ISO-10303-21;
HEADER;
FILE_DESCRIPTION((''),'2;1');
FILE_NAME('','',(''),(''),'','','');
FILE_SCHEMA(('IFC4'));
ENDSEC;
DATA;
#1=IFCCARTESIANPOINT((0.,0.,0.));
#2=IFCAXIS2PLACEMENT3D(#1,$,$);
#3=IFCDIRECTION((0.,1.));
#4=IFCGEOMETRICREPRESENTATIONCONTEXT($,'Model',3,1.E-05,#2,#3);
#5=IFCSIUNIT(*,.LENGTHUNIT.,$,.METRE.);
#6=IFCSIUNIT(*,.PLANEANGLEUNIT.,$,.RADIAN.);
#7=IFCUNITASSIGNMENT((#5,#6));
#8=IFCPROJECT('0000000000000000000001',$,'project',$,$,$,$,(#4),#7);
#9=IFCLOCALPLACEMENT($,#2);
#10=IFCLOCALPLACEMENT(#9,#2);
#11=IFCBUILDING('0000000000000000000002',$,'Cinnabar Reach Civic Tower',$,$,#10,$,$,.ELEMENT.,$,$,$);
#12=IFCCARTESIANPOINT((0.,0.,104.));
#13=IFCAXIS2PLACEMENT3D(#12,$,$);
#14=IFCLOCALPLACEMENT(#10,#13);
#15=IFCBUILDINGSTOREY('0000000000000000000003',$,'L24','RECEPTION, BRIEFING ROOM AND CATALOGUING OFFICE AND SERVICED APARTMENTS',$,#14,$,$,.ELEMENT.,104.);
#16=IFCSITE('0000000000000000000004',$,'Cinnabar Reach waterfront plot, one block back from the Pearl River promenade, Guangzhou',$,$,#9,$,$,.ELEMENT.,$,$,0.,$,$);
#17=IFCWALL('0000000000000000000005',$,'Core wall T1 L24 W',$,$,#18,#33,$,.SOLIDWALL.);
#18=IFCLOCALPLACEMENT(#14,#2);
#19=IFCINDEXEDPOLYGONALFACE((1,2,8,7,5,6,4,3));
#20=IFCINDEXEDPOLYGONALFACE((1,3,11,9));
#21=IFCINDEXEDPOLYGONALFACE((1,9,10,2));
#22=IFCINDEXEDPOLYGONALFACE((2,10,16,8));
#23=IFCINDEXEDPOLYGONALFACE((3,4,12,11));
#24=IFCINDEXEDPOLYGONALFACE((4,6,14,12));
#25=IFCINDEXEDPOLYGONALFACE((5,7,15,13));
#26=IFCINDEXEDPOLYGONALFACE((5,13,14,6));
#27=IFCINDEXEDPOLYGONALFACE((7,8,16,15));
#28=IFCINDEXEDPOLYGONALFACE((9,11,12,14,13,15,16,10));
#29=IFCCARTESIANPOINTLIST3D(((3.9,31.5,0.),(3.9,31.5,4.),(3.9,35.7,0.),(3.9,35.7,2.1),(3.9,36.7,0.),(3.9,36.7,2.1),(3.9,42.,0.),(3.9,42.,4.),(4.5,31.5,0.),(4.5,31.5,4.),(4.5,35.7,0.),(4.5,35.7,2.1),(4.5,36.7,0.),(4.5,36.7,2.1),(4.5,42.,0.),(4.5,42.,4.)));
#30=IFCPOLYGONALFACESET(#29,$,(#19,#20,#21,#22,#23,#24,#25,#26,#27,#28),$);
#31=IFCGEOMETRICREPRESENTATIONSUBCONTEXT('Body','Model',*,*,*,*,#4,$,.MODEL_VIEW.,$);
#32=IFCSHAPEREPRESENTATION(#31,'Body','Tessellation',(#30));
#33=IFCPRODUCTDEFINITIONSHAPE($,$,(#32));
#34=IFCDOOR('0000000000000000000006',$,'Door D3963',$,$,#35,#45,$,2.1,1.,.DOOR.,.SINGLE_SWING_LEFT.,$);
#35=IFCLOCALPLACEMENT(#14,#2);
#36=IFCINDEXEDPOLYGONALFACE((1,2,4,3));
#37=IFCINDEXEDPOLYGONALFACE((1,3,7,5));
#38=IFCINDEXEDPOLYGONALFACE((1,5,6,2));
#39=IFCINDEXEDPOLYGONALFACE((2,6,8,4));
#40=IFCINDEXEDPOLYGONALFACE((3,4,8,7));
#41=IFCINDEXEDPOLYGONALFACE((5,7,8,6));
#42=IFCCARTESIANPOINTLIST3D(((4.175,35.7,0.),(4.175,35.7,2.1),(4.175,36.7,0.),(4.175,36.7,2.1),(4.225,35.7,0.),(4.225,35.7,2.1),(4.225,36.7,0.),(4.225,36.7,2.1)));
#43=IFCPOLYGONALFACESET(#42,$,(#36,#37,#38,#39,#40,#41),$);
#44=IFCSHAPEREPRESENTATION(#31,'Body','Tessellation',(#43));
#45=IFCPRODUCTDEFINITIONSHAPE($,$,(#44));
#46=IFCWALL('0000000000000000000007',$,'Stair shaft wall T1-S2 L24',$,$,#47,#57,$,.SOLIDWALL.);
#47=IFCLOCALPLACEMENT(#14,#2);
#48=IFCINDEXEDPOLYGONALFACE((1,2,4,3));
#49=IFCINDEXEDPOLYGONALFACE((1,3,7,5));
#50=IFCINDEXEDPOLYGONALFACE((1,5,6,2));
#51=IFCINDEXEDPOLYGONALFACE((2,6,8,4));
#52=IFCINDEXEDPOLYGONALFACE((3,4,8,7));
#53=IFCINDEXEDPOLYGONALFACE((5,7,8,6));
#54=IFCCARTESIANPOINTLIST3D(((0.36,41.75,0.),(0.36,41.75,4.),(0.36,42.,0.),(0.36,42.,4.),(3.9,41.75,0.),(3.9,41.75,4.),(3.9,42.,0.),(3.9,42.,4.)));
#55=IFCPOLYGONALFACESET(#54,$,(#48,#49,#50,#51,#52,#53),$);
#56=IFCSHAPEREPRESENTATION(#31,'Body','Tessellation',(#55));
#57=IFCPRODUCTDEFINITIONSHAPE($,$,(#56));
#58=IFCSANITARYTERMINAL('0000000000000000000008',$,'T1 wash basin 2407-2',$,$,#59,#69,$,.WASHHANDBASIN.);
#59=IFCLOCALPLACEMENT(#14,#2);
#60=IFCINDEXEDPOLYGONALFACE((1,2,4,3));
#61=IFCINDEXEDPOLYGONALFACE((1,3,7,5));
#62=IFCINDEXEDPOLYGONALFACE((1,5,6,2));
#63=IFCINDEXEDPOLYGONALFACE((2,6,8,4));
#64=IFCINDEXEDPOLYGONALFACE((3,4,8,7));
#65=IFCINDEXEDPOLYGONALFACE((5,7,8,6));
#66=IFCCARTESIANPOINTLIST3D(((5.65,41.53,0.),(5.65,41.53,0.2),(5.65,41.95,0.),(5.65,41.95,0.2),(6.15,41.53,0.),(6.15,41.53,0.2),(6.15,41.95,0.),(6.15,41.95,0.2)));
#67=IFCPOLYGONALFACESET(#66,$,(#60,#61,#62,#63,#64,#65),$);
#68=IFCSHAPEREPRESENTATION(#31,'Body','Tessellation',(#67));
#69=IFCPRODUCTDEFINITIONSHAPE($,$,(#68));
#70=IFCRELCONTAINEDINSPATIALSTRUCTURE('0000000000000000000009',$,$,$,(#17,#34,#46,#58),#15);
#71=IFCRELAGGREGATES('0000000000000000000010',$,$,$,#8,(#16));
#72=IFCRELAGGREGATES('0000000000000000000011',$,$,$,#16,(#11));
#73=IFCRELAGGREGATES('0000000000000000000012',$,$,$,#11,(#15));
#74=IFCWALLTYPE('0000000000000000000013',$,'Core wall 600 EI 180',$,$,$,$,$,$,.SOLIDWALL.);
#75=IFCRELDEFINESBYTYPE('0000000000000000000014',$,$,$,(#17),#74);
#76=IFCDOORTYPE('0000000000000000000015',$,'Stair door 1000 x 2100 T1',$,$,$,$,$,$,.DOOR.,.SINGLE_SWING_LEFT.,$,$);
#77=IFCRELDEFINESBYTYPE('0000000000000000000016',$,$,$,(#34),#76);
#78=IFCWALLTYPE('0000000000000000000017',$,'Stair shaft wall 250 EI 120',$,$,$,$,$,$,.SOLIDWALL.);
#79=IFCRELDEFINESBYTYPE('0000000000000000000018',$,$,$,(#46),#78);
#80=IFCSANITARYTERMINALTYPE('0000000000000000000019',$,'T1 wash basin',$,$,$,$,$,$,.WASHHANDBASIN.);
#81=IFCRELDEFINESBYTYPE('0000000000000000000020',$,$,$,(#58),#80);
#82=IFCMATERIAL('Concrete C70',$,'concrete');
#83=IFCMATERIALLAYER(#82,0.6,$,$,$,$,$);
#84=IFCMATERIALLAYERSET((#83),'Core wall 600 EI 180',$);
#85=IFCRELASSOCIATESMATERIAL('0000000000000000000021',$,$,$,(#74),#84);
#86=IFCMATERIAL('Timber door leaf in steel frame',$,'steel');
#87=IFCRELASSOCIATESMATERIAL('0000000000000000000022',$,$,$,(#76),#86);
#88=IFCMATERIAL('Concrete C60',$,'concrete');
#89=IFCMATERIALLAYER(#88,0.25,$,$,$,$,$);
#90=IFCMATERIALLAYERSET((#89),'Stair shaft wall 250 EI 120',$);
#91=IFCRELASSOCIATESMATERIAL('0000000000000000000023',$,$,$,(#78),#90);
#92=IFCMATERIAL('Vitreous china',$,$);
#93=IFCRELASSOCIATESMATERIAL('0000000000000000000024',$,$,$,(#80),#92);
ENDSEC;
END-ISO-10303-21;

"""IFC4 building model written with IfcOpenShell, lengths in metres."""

from ifc_helpers import new_model, si_unit, direction, frame, frame_2d, origin, origin_2d, place, context, subcontext, project, spatial, rectangle, extrude, material, layer, layer_set, type_object, element, fill, save


model = new_model("IFC4")

# Units and contexts
model_context = context("Model", 3, precision=1e-05, world=origin(), true_north=direction((0.0, 1.0)))
body_context = subcontext(model_context, "Body", "Model", "MODEL_VIEW")
ifc_project = project(units=[si_unit("LENGTHUNIT", "METRE"), si_unit("PLANEANGLEUNIT", "RADIAN")], contexts=[model_context])

# Site, building, storey
site_placement = place(None, origin())
site = spatial("IfcSite", under=ifc_project, at=site_placement, Name="Cinnabar Reach waterfront plot, one block back from the Pearl River promenade, Guangzhou", CompositionType="ELEMENT", RefElevation=0.0)
building_placement = place(site_placement, origin())
building = spatial("IfcBuilding", under=site, at=building_placement, Name="Cinnabar Reach Civic Tower", CompositionType="ELEMENT")
storey_placement = place(building_placement, frame((0.0, 0.0, 104.0)))
storey = spatial("IfcBuildingStorey", under=building, at=storey_placement, Name="L24", Description="RECEPTION, BRIEFING ROOM AND CATALOGUING OFFICE AND SERVICED APARTMENTS", CompositionType="ELEMENT", Elevation=104.0)

# Shared definitions
ifc_material_1 = material(Name="Concrete C70", Category="concrete")

# Wall, opening, door
ifc_layer_1 = layer(ifc_material_1, 0.6)
ifc_layer_set_1 = layer_set([ifc_layer_1], Name="Core wall 600 EI 180")
wall_type_1 = type_object("IfcWallType", Name="Core wall 600 EI 180", PredefinedType="SOLIDWALL", material=ifc_layer_set_1)
wall_1_placement = place(storey_placement, frame((4.2, 42.0, 0.0), z_axis=(0.0, 0.0, 1.0), x_axis=(0.0, -1.0, 0.0)))
wall_1 = element("IfcWall", 1, at=wall_1_placement, inside=storey, type_object=wall_type_1, Name="Core wall T1 L24 W", PredefinedType="SOLIDWALL", context=body_context, shape_type="SweptSolid", body=[
    extrude(rectangle(XDim=10.5, YDim=0.6, at=frame_2d((5.25, 0.0))), origin(), (0.0, 0.0, 1.0), 4.0),
])
opening_placement = place(wall_1_placement, frame((5.3, 0.0, 0.0)))
opening = element("IfcOpeningElement", 2, at=opening_placement, cuts=wall_1, PredefinedType="OPENING", context=body_context, shape_type="SweptSolid", body=[
    extrude(rectangle(XDim=1.0, YDim=2.1, at=frame_2d((0.5, 1.05))), frame((0.0, 0.31, 0.0), z_axis=(0.0, -1.0, 0.0), x_axis=(1.0, 0.0, 0.0)), (0.0, 0.0, 1.0), 0.62),
])
ifc_material_2 = material(Name="Timber door leaf in steel frame", Category="steel")
door_type = type_object("IfcDoorType", Name="Stair door 1000 x 2100 T1", OperationType="SINGLE_SWING_LEFT", PredefinedType="DOOR", material=ifc_material_2)
door_placement = place(opening_placement, frame((1.0, 0.0, 0.0), z_axis=(0.0, 0.0, 1.0), x_axis=(-1.0, 0.0, 0.0)))
door = element("IfcDoor", 3, at=door_placement, inside=storey, type_object=door_type, Name="Door D3963", OperationType="SINGLE_SWING_LEFT", OverallHeight=2.1, OverallWidth=1.0, PredefinedType="DOOR", context=body_context, shape_type="SweptSolid", body=[
    extrude(rectangle(XDim=1.0, YDim=2.1, at=frame_2d((0.5, 1.05))), frame((0.0, 0.025, 0.0), z_axis=(0.0, -1.0, 0.0), x_axis=(1.0, 0.0, 0.0)), (0.0, 0.0, 1.0), 0.05),
])
fill(opening, door)

# Wall
ifc_material_3 = material(Name="Concrete C60", Category="concrete")
ifc_layer_2 = layer(ifc_material_3, 0.25)
ifc_layer_set_2 = layer_set([ifc_layer_2], Name="Stair shaft wall 250 EI 120")
wall_type_2 = type_object("IfcWallType", Name="Stair shaft wall 250 EI 120", PredefinedType="SOLIDWALL", material=ifc_layer_set_2)
wall_2_placement = place(storey_placement, frame((3.9, 41.875, 0.0), z_axis=(0.0, 0.0, 1.0), x_axis=(-1.0, 0.0, 0.0)))
element("IfcWall", 4, at=wall_2_placement, inside=storey, type_object=wall_type_2, Name="Stair shaft wall T1-S2 L24", PredefinedType="SOLIDWALL", context=body_context, shape_type="SweptSolid", body=[
    extrude(rectangle(XDim=3.54, YDim=0.25, at=frame_2d((1.77, 0.0))), origin(), (0.0, 0.0, 1.0), 4.0),
])

# Sanitary terminal
ifc_material_4 = material(Name="Vitreous china")
sanitary_terminal_type = type_object("IfcSanitaryTerminalType", Name="T1 wash basin", PredefinedType="WASHHANDBASIN", material=ifc_material_4)
sanitary_terminal_placement = place(storey_placement, frame((5.9, 41.74, 0.0), z_axis=(0.0, 0.0, 1.0), x_axis=(1.0, 0.0, 0.0)))
element("IfcSanitaryTerminal", 5, at=sanitary_terminal_placement, inside=storey, type_object=sanitary_terminal_type, Name="T1 wash basin 2407-2", PredefinedType="WASHHANDBASIN", context=body_context, shape_type="SweptSolid", body=[
    extrude(rectangle(XDim=0.5, YDim=0.42, at=origin_2d()), origin(), (0.0, 0.0, 1.0), 0.2),
])

save(model, "model.ifc")
